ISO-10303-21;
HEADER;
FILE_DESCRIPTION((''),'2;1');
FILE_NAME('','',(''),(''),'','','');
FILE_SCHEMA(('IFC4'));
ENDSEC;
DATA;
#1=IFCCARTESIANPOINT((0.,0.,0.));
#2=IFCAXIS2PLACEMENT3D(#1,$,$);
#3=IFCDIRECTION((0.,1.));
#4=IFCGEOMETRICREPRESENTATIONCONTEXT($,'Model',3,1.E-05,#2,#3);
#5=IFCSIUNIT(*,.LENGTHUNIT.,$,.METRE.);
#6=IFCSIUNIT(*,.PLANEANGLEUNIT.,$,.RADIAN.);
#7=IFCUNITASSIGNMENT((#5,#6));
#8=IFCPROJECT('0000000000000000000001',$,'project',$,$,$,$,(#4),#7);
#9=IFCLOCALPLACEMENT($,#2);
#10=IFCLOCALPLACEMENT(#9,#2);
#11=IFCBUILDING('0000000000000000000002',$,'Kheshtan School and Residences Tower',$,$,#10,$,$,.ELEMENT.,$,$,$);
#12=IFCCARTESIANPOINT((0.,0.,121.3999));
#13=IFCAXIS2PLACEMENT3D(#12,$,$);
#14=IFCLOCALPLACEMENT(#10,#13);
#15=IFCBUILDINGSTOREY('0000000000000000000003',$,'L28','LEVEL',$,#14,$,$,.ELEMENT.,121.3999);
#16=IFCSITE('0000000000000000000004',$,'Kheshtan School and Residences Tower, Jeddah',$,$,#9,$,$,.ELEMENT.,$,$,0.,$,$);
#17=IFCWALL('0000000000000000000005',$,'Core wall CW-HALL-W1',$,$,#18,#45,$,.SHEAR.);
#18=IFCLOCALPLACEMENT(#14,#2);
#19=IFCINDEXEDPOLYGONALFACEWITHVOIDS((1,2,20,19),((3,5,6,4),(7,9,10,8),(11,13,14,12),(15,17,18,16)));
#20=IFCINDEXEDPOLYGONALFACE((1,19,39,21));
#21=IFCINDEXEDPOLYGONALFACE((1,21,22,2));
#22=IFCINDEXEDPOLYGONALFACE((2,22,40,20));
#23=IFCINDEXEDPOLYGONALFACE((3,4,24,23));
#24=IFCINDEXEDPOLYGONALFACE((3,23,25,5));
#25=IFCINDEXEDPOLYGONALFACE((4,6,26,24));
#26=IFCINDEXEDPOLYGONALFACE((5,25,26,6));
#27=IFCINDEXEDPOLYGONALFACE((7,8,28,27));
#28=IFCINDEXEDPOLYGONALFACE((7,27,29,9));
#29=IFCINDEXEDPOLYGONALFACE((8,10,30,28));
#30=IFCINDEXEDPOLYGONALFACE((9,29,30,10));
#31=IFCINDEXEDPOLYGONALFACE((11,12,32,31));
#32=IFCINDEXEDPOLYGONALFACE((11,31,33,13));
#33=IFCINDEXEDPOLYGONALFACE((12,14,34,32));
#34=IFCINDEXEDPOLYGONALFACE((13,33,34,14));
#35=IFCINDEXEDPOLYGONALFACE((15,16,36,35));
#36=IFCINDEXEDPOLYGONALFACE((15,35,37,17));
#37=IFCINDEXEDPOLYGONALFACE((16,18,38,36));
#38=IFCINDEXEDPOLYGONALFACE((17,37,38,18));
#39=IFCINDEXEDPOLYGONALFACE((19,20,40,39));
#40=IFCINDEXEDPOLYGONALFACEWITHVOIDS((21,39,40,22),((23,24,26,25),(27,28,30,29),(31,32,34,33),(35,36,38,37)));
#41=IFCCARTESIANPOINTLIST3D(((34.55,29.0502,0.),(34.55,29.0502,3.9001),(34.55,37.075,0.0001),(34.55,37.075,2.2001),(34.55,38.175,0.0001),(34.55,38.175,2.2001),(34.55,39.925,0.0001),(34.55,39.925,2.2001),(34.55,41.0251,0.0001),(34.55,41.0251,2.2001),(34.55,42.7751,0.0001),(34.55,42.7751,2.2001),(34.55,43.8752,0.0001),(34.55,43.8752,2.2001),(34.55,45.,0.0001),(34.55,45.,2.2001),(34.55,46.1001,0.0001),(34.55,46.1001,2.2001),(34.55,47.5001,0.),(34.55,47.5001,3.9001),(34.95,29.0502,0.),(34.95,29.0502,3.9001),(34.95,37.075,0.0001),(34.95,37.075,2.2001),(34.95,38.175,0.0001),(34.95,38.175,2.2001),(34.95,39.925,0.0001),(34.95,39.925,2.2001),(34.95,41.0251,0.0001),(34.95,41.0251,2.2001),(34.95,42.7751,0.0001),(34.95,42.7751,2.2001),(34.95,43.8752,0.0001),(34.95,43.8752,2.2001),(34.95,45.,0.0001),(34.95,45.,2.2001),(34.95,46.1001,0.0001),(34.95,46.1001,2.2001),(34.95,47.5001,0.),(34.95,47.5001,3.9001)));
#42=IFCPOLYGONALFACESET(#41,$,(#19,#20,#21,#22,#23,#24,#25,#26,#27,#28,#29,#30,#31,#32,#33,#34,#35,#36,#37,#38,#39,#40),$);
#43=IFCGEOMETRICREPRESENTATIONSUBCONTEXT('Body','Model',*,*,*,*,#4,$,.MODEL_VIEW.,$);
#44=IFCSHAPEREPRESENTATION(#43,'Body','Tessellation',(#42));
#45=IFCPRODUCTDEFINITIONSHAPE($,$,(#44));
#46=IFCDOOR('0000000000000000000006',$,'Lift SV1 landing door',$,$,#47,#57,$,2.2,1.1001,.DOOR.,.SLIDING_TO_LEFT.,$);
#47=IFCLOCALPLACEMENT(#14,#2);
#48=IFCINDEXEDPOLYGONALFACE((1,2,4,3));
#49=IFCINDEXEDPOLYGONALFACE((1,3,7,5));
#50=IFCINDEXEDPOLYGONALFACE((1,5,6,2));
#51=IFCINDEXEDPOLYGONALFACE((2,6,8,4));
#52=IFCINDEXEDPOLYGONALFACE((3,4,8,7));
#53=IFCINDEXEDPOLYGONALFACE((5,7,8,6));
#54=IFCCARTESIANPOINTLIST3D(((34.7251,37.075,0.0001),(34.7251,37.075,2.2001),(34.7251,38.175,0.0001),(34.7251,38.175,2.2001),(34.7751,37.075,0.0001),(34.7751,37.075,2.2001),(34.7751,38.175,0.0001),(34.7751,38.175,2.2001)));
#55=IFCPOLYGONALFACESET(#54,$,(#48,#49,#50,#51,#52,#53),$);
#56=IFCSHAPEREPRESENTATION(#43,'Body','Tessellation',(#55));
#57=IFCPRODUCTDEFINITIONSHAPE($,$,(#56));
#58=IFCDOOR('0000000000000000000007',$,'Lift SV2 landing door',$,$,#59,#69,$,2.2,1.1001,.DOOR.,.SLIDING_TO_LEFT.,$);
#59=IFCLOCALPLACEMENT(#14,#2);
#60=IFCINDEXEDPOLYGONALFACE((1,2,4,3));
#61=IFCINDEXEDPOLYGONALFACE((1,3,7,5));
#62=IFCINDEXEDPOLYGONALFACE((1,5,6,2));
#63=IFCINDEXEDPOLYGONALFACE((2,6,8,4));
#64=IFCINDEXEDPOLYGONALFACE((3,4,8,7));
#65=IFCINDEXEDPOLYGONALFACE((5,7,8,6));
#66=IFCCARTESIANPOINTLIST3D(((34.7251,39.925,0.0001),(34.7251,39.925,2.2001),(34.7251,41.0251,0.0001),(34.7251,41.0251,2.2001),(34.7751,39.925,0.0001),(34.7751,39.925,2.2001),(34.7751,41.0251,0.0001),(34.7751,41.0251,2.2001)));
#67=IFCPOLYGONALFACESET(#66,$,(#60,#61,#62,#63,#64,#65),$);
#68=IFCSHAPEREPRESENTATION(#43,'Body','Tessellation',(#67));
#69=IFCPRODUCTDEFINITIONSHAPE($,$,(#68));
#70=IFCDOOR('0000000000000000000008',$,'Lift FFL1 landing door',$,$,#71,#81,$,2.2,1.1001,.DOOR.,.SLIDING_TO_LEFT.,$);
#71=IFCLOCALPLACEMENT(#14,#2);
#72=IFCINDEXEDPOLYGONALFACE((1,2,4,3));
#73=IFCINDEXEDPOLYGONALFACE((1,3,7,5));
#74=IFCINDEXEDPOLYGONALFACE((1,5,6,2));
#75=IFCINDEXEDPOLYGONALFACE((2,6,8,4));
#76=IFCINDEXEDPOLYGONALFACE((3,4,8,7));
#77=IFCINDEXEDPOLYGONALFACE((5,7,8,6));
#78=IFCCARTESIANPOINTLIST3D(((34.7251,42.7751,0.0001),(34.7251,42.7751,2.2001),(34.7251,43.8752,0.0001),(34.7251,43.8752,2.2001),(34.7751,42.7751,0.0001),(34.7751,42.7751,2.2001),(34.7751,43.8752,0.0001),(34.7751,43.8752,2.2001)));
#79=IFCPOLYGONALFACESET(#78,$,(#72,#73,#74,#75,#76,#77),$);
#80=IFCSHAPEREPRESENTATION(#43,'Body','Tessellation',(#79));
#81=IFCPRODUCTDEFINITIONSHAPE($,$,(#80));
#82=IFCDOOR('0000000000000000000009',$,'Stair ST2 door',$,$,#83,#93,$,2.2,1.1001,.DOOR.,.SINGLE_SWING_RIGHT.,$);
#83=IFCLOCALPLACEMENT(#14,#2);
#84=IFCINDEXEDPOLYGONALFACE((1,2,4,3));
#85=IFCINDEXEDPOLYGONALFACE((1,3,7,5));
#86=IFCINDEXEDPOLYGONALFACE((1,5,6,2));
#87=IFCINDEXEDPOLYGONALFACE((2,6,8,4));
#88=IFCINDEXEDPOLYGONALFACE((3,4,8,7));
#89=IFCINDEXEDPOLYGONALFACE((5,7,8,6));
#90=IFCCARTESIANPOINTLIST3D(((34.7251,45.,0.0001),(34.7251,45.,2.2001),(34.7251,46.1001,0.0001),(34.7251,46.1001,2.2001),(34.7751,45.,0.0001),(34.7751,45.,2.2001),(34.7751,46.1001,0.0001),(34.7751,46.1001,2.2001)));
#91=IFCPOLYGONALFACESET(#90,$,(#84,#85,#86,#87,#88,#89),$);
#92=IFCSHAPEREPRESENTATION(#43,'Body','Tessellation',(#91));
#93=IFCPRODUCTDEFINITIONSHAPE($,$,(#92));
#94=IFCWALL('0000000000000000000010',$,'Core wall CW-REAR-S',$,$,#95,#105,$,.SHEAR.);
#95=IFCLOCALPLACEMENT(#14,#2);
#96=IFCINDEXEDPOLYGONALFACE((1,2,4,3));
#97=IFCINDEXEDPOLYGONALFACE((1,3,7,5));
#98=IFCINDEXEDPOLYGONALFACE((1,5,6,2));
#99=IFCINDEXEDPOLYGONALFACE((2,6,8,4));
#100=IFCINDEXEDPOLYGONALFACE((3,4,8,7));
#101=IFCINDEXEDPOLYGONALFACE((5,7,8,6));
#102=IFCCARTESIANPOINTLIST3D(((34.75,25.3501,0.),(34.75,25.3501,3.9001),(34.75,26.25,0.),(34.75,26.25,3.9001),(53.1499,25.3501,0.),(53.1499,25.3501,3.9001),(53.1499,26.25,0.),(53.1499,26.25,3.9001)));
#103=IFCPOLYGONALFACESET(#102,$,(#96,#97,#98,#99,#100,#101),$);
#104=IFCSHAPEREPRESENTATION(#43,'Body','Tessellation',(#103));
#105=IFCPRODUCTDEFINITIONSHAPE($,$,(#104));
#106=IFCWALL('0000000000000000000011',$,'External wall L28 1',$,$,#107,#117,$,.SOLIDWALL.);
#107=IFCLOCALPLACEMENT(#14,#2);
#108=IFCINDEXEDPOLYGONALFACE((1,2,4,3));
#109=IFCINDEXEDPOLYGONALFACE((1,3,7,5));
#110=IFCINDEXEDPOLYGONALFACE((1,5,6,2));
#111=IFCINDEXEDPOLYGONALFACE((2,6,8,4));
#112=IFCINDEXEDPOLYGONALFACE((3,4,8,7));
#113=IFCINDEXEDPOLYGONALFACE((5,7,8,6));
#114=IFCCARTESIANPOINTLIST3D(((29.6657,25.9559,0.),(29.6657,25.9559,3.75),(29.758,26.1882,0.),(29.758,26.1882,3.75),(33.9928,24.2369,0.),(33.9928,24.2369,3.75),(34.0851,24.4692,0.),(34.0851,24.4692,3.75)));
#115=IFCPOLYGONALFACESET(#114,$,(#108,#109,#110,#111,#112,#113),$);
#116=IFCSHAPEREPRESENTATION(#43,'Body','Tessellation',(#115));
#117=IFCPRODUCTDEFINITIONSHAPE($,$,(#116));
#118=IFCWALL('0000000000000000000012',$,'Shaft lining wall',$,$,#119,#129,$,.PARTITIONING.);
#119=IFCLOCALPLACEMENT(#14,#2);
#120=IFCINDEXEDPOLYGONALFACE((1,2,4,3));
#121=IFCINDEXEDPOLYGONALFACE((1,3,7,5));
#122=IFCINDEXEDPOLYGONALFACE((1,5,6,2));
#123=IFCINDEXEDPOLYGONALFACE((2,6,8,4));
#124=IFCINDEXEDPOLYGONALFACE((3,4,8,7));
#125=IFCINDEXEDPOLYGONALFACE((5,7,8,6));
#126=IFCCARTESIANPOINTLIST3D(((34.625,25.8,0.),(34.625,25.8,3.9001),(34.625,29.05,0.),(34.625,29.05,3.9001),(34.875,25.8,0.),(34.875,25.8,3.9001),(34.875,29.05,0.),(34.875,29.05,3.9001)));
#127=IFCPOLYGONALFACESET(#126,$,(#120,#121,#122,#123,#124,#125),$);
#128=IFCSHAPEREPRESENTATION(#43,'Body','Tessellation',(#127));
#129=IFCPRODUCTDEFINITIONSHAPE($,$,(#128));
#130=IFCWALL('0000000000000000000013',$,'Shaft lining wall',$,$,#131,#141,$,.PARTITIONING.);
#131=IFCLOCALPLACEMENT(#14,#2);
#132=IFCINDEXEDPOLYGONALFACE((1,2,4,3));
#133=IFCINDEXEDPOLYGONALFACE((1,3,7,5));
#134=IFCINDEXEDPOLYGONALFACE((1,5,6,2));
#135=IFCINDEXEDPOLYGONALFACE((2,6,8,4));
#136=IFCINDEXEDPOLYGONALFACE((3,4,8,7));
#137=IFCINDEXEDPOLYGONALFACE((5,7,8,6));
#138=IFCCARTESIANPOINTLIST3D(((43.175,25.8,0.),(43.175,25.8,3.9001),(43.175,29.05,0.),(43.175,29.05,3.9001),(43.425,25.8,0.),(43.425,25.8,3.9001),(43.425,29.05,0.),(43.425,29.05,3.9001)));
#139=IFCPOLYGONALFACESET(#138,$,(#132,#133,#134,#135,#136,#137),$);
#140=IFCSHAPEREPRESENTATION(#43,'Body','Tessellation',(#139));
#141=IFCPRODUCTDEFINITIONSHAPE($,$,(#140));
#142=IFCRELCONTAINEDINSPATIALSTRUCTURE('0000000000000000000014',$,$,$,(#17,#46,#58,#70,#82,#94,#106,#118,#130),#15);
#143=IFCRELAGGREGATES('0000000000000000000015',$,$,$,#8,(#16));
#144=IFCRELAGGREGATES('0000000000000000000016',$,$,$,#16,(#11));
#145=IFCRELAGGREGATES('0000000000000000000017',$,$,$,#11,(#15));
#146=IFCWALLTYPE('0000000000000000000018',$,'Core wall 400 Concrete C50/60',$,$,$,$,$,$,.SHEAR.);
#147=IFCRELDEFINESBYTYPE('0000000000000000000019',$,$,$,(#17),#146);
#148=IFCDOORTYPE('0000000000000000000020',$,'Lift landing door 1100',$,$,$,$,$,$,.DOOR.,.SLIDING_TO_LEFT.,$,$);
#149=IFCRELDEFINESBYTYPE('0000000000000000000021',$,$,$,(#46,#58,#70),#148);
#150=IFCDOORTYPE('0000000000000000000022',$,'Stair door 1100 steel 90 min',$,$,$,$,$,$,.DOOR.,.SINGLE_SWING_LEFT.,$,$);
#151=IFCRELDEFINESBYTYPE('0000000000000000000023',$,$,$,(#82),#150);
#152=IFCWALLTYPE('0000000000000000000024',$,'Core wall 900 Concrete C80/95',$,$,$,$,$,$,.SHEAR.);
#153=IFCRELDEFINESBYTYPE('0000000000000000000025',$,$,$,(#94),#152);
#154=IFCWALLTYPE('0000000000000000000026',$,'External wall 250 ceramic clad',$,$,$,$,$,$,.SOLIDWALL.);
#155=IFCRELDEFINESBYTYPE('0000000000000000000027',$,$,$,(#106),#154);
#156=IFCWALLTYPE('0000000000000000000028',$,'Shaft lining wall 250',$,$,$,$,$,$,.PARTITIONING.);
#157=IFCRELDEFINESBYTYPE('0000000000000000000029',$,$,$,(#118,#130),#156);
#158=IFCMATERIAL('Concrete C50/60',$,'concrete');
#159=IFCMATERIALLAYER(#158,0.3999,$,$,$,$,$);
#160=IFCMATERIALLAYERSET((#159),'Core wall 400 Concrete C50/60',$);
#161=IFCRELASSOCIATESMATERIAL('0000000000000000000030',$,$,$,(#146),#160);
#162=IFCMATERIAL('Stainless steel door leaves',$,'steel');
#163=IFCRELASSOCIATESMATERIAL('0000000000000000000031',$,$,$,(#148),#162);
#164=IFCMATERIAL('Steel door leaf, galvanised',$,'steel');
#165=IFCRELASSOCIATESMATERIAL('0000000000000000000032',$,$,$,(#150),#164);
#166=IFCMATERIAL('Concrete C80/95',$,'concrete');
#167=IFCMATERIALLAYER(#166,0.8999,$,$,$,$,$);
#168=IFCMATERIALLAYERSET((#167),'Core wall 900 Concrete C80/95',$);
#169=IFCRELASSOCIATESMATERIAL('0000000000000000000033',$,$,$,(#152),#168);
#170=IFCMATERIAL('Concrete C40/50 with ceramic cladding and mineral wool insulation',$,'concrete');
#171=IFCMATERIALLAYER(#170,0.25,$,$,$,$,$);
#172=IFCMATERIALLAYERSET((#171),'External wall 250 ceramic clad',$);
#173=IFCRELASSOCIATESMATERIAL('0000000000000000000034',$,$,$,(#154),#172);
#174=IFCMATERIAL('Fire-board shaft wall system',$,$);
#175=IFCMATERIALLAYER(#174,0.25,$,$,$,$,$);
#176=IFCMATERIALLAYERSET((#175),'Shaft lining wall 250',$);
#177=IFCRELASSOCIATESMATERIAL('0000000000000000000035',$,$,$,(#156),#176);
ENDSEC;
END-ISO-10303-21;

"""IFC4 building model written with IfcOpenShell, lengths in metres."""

from ifc_helpers import new_model, si_unit, direction, frame, frame_2d, origin, place, context, subcontext, project, spatial, rectangle, extrude, source, transform, mapped, material, layer, layer_set, type_object, element, fill, save


model = new_model("IFC4")

# Units and contexts
model_context = context("Model", 3, precision=1e-05, world=origin(), true_north=direction((0.0, 1.0)))
body_context = subcontext(model_context, "Body", "Model", "MODEL_VIEW")
ifc_project = project(units=[si_unit("LENGTHUNIT", "METRE"), si_unit("PLANEANGLEUNIT", "RADIAN")], contexts=[model_context])

# Site, building, storey
site_placement = place(None, origin())
site = spatial("IfcSite", under=ifc_project, at=site_placement, Name="Kheshtan School and Residences Tower, Jeddah", CompositionType="ELEMENT", RefElevation=0.0)
building_placement = place(site_placement, origin())
building = spatial("IfcBuilding", under=site, at=building_placement, Name="Kheshtan School and Residences Tower", CompositionType="ELEMENT")
storey_placement = place(building_placement, frame((0.0, 0.0, 121.3999)))
storey = spatial("IfcBuildingStorey", under=building, at=storey_placement, Name="L28", Description="LEVEL", CompositionType="ELEMENT", Elevation=121.3999)

# Shared definitions
ifc_material_1 = material(Name="Concrete C50/60", Category="concrete")
ifc_layer_1 = layer(ifc_material_1, 0.3999)
ifc_layer_set_1 = layer_set([ifc_layer_1], Name="Core wall 400 Concrete C50/60")
wall_type_1 = type_object("IfcWallType", Name="Core wall 400 Concrete C50/60", PredefinedType="SHEAR", material=ifc_layer_set_1)
ifc_material_2 = material(Name="Stainless steel door leaves", Category="steel")
door_type_1 = type_object("IfcDoorType", Name="Lift landing door 1100", OperationType="SLIDING_TO_LEFT", PredefinedType="DOOR", material=ifc_material_2)
shared_shape_1 = source(origin(), body_context, "Body", "SweptSolid", [
    extrude(rectangle(XDim=1.1001, YDim=2.2, at=frame_2d((0.55, 1.1001))), frame((0.0, 0.0249, 0.0), z_axis=(0.0, -1.0, 0.0), x_axis=(1.0, 0.0, 0.0)), (0.0, 0.0, 1.0), 0.05),
])

# Wall, openings, doors
wall_1_placement = place(storey_placement, frame((34.75, 29.05, 0.0), z_axis=(0.0, 0.0, 1.0), x_axis=(0.0, 1.0, 0.0)))
wall_1 = element("IfcWall", 1, at=wall_1_placement, inside=storey, type_object=wall_type_1, Name="Core wall CW-HALL-W1", PredefinedType="SHEAR", context=body_context, shape_type="SweptSolid", body=[
    extrude(rectangle(XDim=18.45, YDim=0.3999, at=frame_2d((9.2251, 0.0))), origin(), (0.0, 0.0, 1.0), 3.9001),
])
opening_1_placement = place(wall_1_placement, frame((8.0249, 0.0, 0.0)))
opening_1 = element("IfcOpeningElement", 2, at=opening_1_placement, cuts=wall_1, PredefinedType="OPENING", context=body_context, shape_type="SweptSolid", body=[
    extrude(rectangle(XDim=1.1001, YDim=2.2, at=frame_2d((0.55, 1.1001))), frame((0.0, 0.21, 0.0), z_axis=(0.0, -1.0, 0.0), x_axis=(1.0, 0.0, 0.0)), (0.0, 0.0, 1.0), 0.4199),
])
opening_2_placement = place(wall_1_placement, frame((10.875, 0.0, 0.0)))
opening_2 = element("IfcOpeningElement", 3, at=opening_2_placement, cuts=wall_1, PredefinedType="OPENING", context=body_context, shape_type="SweptSolid", body=[
    extrude(rectangle(XDim=1.1001, YDim=2.2, at=frame_2d((0.55, 1.1001))), frame((0.0, 0.21, 0.0), z_axis=(0.0, -1.0, 0.0), x_axis=(1.0, 0.0, 0.0)), (0.0, 0.0, 1.0), 0.4199),
])
opening_3_placement = place(wall_1_placement, frame((13.7251, 0.0, 0.0)))
opening_3 = element("IfcOpeningElement", 4, at=opening_3_placement, cuts=wall_1, PredefinedType="OPENING", context=body_context, shape_type="SweptSolid", body=[
    extrude(rectangle(XDim=1.1001, YDim=2.2, at=frame_2d((0.55, 1.1001))), frame((0.0, 0.21, 0.0), z_axis=(0.0, -1.0, 0.0), x_axis=(1.0, 0.0, 0.0)), (0.0, 0.0, 1.0), 0.4199),
])
opening_4_placement = place(wall_1_placement, frame((15.95, 0.0, 0.0)))
opening_4 = element("IfcOpeningElement", 5, at=opening_4_placement, cuts=wall_1, PredefinedType="OPENING", context=body_context, shape_type="SweptSolid", body=[
    extrude(rectangle(XDim=1.1001, YDim=2.2, at=frame_2d((0.55, 1.1001))), frame((0.0, 0.21, 0.0), z_axis=(0.0, -1.0, 0.0), x_axis=(1.0, 0.0, 0.0)), (0.0, 0.0, 1.0), 0.4199),
])
door_1_placement = place(opening_1_placement, origin())
door_1 = element("IfcDoor", 6, at=door_1_placement, inside=storey, type_object=door_type_1, Name="Lift SV1 landing door", OperationType="SLIDING_TO_LEFT", OverallHeight=2.2, OverallWidth=1.1001, PredefinedType="DOOR", context=body_context, shape_type="MappedRepresentation", body=[
    mapped(shared_shape_1, transform((0.0, 0.0, 0.0), x_axis=(1.0, 0.0, 0.0), y_axis=(0.0, 1.0, 0.0), z_axis=(0.0, 0.0, 1.0), scale=1.0)),
])
fill(opening_1, door_1)
door_2_placement = place(opening_2_placement, origin())
door_2 = element("IfcDoor", 7, at=door_2_placement, inside=storey, type_object=door_type_1, Name="Lift SV2 landing door", OperationType="SLIDING_TO_LEFT", OverallHeight=2.2, OverallWidth=1.1001, PredefinedType="DOOR", context=body_context, shape_type="MappedRepresentation", body=[
    mapped(shared_shape_1, transform((0.0, 0.0, 0.0), x_axis=(1.0, 0.0, 0.0), y_axis=(0.0, 1.0, 0.0), z_axis=(0.0, 0.0, 1.0), scale=1.0)),
])
fill(opening_2, door_2)
door_3_placement = place(opening_3_placement, origin())
door_3 = element("IfcDoor", 8, at=door_3_placement, inside=storey, type_object=door_type_1, Name="Lift FFL1 landing door", OperationType="SLIDING_TO_LEFT", OverallHeight=2.2, OverallWidth=1.1001, PredefinedType="DOOR", context=body_context, shape_type="MappedRepresentation", body=[
    mapped(shared_shape_1, transform((0.0, 0.0, 0.0), x_axis=(1.0, 0.0, 0.0), y_axis=(0.0, 1.0, 0.0), z_axis=(0.0, 0.0, 1.0), scale=1.0)),
])
fill(opening_3, door_3)
ifc_material_3 = material(Name="Steel door leaf, galvanised", Category="steel")
door_type_2 = type_object("IfcDoorType", Name="Stair door 1100 steel 90 min", OperationType="SINGLE_SWING_LEFT", PredefinedType="DOOR", material=ifc_material_3)
shared_shape_2 = source(origin(), body_context, "Body", "SweptSolid", [
    extrude(rectangle(XDim=1.1001, YDim=2.2, at=frame_2d((0.55, 1.1001))), frame((0.0, 0.0249, 0.0), z_axis=(0.0, -1.0, 0.0), x_axis=(1.0, 0.0, 0.0)), (0.0, 0.0, 1.0), 0.05),
])
door_4_placement = place(opening_4_placement, origin())
door_4 = element("IfcDoor", 9, at=door_4_placement, inside=storey, type_object=door_type_2, Name="Stair ST2 door", OperationType="SINGLE_SWING_RIGHT", OverallHeight=2.2, OverallWidth=1.1001, PredefinedType="DOOR", context=body_context, shape_type="MappedRepresentation", body=[
    mapped(shared_shape_2, transform((0.0, 0.0, 0.0), x_axis=(1.0, 0.0, 0.0), y_axis=(0.0, 1.0, 0.0), z_axis=(0.0, 0.0, 1.0), scale=1.0)),
])
fill(opening_4, door_4)

# Walls
ifc_material_4 = material(Name="Concrete C80/95", Category="concrete")
ifc_layer_2 = layer(ifc_material_4, 0.8999)
ifc_layer_set_2 = layer_set([ifc_layer_2], Name="Core wall 900 Concrete C80/95")
wall_type_2 = type_object("IfcWallType", Name="Core wall 900 Concrete C80/95", PredefinedType="SHEAR", material=ifc_layer_set_2)
wall_2_placement = place(storey_placement, frame((34.75, 25.8, 0.0), z_axis=(0.0, 0.0, 1.0), x_axis=(1.0, 0.0, 0.0)))
element("IfcWall", 10, at=wall_2_placement, inside=storey, type_object=wall_type_2, Name="Core wall CW-REAR-S", PredefinedType="SHEAR", context=body_context, shape_type="SweptSolid", body=[
    extrude(rectangle(XDim=18.3999, YDim=0.8999, at=frame_2d((9.2, 0.0))), origin(), (0.0, 0.0, 1.0), 3.9001),
])
ifc_material_5 = material(Name="Concrete C40/50 with ceramic cladding and mineral wool insulation", Category="concrete")
ifc_layer_3 = layer(ifc_material_5, 0.25)
ifc_layer_set_3 = layer_set([ifc_layer_3], Name="External wall 250 ceramic clad")
wall_type_3 = type_object("IfcWallType", Name="External wall 250 ceramic clad", PredefinedType="SOLIDWALL", material=ifc_layer_set_3)
wall_3_placement = place(storey_placement, frame((34.0391, 24.353, 0.0), z_axis=(0.0, 0.0, 1.0), x_axis=(-0.929353, 0.369193, 0.0)))
element("IfcWall", 11, at=wall_3_placement, inside=storey, type_object=wall_type_3, Name="External wall L28 1", PredefinedType="SOLIDWALL", context=body_context, shape_type="SweptSolid", body=[
    extrude(rectangle(XDim=4.656, YDim=0.25, at=frame_2d((2.3281, 0.0))), origin(), (0.0, 0.0, 1.0), 3.75),
])
ifc_material_6 = material(Name="Fire-board shaft wall system")
ifc_layer_4 = layer(ifc_material_6, 0.25)
ifc_layer_set_4 = layer_set([ifc_layer_4], Name="Shaft lining wall 250")
wall_type_4 = type_object("IfcWallType", Name="Shaft lining wall 250", PredefinedType="PARTITIONING", material=ifc_layer_set_4)
for number, where, z_axis, x_axis, name in (
    (12, (34.75, 25.8, 0.0), (0.0, 0.0, 1.0), (0.0, 1.0, 0.0), "Shaft lining wall"),
    (13, (43.3, 25.8, 0.0), (0.0, 0.0, 1.0), (0.0, 1.0, 0.0), "Shaft lining wall"),
):
    element("IfcWall", number, at=place(storey_placement, frame(where, z_axis=z_axis, x_axis=x_axis)), inside=storey, type_object=wall_type_4, Name=name, PredefinedType="PARTITIONING", context=body_context, shape_type="SweptSolid", body=[
        extrude(rectangle(XDim=3.25, YDim=0.25, at=frame_2d((1.625, 0.0))), origin(), (0.0, 0.0, 1.0), 3.9001),
    ])

save(model, "model.ifc")
